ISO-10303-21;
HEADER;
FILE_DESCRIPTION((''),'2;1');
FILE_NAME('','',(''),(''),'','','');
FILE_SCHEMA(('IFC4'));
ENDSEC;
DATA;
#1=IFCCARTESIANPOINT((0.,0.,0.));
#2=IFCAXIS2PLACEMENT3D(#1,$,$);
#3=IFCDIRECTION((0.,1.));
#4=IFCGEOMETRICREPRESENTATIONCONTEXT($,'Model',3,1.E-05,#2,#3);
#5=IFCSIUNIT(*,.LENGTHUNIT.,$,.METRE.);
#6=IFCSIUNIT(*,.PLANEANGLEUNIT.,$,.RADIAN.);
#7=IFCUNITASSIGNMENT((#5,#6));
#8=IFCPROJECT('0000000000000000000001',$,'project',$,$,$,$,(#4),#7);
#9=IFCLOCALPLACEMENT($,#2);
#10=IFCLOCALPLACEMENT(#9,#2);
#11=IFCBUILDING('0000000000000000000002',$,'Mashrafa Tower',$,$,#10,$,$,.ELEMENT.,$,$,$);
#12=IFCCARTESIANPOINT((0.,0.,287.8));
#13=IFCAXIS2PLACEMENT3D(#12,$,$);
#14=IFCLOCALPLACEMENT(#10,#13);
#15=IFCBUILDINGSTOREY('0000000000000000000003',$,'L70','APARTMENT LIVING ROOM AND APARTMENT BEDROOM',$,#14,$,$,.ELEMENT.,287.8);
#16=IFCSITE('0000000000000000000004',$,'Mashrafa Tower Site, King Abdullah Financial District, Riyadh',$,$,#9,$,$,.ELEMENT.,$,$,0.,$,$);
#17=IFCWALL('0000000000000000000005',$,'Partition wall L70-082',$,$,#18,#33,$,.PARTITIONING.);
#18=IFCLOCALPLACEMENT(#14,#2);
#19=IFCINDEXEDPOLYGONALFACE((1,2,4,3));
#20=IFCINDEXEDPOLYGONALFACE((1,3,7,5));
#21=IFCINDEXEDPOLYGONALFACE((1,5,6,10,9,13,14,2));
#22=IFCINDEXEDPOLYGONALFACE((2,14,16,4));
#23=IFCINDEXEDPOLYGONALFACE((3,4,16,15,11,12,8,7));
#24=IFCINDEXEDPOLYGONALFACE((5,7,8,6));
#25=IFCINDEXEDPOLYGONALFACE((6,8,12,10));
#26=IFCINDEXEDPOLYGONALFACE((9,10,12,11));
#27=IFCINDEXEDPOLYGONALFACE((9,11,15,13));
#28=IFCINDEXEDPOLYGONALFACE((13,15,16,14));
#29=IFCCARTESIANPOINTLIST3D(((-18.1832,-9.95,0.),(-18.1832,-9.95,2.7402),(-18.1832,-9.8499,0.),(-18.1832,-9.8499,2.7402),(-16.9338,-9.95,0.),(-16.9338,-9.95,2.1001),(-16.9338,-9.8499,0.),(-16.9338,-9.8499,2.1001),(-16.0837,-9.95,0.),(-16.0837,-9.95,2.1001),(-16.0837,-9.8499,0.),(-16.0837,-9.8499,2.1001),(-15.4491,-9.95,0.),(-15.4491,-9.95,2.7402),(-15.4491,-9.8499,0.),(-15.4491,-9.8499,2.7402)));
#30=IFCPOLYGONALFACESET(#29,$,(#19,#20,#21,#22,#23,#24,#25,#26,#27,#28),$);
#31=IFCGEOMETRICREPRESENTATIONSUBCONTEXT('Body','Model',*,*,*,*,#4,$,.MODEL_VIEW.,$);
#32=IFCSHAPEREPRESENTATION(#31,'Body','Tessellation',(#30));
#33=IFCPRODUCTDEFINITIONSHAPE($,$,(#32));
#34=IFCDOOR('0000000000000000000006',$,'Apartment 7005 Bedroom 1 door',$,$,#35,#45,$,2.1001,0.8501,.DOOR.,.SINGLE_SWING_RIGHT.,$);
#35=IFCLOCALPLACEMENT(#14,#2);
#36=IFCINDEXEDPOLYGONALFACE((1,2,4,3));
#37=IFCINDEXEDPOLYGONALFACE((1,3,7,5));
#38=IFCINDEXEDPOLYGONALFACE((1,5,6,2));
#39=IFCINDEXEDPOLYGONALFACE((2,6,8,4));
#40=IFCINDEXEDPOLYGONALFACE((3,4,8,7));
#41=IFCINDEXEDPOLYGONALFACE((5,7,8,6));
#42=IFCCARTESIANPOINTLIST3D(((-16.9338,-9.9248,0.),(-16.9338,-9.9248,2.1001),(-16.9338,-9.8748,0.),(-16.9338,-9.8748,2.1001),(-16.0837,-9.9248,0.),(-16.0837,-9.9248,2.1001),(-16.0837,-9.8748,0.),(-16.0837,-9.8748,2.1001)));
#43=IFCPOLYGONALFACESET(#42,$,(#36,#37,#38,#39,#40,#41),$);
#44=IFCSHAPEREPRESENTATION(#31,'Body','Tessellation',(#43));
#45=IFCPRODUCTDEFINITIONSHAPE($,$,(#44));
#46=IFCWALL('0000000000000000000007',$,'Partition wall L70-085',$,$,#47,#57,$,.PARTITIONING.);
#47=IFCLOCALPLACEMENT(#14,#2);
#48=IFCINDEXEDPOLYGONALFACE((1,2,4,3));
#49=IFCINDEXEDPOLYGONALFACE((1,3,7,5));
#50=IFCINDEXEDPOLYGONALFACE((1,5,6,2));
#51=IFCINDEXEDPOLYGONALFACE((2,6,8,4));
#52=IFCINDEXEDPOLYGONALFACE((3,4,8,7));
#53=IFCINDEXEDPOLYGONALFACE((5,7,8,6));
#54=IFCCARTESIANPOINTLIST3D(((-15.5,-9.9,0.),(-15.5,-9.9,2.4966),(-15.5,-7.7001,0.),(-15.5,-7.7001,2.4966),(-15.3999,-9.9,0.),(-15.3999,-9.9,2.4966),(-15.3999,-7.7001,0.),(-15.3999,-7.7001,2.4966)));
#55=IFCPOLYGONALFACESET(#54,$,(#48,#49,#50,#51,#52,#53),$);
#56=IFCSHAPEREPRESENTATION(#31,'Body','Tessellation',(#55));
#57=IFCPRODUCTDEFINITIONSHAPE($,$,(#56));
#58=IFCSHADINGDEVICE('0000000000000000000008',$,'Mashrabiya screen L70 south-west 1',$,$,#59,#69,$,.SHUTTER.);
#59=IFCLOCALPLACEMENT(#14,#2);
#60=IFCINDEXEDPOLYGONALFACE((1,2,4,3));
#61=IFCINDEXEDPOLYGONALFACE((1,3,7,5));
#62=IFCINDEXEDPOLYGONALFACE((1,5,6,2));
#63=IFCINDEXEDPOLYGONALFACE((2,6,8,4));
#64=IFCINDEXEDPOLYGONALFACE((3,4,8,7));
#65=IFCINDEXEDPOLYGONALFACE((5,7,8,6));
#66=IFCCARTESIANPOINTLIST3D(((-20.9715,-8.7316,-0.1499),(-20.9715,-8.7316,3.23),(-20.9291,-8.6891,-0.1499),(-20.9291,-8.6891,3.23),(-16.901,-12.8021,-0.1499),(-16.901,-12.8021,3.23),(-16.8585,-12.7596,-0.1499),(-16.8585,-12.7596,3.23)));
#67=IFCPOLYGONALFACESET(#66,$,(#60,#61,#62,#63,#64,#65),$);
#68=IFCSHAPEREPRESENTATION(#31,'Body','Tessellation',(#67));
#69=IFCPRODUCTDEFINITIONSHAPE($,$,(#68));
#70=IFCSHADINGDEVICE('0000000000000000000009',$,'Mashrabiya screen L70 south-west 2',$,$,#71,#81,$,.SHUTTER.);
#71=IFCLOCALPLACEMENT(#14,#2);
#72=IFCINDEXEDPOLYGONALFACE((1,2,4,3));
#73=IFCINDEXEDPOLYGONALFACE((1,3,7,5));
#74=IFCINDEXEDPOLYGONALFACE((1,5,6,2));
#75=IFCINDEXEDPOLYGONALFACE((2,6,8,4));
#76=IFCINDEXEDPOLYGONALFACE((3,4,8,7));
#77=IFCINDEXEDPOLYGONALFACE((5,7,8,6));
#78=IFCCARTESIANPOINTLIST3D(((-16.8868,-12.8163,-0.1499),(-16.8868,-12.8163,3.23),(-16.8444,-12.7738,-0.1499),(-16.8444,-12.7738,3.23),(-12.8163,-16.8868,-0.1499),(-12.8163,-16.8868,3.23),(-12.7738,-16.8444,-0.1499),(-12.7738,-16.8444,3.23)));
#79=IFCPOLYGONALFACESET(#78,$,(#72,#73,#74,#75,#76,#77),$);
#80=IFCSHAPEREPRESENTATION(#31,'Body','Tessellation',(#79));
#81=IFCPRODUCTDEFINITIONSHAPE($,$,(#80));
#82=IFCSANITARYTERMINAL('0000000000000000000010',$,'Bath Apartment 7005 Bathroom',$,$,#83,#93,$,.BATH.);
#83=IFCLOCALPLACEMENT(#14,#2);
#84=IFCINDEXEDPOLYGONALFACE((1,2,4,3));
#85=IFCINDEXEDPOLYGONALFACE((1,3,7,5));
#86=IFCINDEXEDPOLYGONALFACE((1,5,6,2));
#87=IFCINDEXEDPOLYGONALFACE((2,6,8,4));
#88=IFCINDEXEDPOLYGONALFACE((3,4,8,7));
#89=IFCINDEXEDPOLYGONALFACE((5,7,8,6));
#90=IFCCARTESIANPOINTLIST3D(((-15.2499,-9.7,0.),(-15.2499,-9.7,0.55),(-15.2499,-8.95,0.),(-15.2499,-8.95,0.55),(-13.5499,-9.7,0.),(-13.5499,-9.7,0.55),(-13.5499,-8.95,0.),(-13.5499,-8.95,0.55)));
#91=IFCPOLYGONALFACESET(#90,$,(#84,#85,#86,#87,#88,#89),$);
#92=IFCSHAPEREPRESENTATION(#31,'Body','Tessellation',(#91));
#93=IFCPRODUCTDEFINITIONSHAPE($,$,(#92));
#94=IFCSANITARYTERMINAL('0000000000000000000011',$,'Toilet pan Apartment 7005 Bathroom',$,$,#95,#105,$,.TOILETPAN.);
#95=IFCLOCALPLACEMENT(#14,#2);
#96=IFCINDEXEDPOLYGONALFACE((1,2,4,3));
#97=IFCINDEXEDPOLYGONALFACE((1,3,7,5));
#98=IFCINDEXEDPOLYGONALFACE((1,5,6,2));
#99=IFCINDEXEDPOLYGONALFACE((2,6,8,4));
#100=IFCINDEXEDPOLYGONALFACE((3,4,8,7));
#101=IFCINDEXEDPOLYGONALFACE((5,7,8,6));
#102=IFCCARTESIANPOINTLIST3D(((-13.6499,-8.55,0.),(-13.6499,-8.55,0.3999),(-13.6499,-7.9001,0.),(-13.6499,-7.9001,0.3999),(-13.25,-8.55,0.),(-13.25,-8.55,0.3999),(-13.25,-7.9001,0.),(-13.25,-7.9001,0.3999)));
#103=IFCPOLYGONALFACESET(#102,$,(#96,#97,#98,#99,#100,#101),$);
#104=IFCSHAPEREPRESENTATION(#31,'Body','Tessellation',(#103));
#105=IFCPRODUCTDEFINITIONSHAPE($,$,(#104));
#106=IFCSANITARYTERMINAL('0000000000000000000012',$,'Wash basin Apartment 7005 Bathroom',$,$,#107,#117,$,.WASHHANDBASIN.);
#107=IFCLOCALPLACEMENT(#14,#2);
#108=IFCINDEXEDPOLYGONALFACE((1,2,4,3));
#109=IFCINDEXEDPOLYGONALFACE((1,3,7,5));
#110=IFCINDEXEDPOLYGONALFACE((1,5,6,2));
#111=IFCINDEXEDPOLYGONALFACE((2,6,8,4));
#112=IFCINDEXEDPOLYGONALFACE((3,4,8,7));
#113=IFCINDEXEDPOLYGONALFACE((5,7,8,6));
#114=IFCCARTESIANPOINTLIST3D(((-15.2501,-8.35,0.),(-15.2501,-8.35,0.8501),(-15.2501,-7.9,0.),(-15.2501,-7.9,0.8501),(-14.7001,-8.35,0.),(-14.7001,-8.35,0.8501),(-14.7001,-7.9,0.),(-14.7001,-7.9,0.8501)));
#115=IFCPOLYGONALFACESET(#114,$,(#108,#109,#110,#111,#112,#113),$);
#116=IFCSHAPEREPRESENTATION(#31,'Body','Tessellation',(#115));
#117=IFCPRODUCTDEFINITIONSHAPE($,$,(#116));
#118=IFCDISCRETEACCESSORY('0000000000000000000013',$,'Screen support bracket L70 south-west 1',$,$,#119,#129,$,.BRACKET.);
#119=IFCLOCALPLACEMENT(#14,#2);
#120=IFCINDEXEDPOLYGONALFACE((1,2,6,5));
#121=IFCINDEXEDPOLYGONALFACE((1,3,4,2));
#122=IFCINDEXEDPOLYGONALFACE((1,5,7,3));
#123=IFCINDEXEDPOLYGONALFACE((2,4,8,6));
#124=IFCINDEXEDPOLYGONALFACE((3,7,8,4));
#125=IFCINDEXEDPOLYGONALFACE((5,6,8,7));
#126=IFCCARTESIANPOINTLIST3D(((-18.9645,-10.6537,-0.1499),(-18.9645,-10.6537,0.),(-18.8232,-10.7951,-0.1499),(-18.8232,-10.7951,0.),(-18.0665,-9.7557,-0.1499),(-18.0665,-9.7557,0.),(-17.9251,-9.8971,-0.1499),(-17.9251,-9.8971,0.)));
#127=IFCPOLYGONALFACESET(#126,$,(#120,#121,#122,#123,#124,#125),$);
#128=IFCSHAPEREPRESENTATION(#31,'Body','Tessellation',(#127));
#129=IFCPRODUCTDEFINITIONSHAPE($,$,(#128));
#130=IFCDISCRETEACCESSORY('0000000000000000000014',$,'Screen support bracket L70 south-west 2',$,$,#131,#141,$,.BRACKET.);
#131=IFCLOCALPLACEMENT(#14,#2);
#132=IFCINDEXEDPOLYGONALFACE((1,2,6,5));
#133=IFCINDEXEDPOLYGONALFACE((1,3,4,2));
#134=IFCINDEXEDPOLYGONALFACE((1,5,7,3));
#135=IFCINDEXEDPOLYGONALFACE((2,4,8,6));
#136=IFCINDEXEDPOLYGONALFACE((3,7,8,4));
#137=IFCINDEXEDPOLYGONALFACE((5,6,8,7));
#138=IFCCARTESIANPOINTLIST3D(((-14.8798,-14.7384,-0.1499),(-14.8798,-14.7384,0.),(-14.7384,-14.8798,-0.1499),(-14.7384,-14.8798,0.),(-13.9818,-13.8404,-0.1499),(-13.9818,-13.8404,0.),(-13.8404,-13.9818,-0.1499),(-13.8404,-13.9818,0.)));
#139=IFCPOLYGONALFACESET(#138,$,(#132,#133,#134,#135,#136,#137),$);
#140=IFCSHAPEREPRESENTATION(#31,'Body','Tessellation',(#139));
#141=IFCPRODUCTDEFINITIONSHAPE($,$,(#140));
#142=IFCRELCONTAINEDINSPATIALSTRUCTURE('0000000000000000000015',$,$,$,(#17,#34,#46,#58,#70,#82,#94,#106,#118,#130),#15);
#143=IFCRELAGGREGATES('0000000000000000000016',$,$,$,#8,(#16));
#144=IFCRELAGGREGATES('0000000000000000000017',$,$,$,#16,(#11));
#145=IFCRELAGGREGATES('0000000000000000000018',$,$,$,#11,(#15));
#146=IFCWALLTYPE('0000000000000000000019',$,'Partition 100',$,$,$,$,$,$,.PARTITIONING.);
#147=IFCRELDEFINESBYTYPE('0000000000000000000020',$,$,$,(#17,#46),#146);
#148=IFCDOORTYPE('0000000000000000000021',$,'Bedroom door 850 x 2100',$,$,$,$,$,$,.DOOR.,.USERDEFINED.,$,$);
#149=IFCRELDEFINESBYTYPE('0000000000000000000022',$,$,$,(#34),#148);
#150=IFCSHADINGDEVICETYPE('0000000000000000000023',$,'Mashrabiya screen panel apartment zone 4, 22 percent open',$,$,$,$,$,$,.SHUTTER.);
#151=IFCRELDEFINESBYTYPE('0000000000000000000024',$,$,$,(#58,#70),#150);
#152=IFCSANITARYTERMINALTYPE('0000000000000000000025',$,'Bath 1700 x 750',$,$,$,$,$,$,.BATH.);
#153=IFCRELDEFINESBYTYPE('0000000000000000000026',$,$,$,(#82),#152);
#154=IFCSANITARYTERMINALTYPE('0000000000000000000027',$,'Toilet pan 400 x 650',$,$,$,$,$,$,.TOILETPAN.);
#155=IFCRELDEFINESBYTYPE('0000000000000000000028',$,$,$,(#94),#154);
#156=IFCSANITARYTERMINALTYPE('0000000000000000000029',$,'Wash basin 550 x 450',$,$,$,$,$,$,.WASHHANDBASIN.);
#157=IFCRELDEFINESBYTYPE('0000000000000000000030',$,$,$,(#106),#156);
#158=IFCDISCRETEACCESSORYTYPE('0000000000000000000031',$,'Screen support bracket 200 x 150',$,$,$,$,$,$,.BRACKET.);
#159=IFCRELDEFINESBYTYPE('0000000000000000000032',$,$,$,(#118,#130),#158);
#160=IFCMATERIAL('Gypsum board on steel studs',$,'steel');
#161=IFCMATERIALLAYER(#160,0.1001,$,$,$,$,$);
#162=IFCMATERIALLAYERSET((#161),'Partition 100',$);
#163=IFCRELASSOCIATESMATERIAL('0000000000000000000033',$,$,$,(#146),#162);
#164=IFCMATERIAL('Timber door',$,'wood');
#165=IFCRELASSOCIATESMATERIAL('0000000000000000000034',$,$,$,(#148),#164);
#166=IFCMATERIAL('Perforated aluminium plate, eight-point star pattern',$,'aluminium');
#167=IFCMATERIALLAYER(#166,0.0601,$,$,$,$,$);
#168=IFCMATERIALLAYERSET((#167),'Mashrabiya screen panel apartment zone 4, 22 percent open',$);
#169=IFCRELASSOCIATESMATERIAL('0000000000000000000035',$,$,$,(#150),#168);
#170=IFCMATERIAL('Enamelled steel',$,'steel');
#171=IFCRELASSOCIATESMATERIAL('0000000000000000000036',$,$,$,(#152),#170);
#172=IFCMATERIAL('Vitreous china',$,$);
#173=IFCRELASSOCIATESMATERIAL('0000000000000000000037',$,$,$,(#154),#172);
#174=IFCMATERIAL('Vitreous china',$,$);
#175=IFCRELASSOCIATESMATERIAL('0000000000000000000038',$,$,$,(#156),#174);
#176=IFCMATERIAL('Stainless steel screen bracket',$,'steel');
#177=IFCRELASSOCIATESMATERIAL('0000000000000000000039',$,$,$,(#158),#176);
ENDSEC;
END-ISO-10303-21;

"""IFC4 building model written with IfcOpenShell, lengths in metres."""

from ifc_helpers import new_model, si_unit, direction, frame, frame_2d, origin, origin_2d, place, context, subcontext, project, spatial, rectangle, extrude, source, transform, mapped, material, layer, layer_set, type_object, type_shapes, element, fill, save


model = new_model("IFC4")

# Units and contexts
model_context = context("Model", 3, precision=1e-05, world=origin(), true_north=direction((0.0, 1.0)))
body_context = subcontext(model_context, "Body", "Model", "MODEL_VIEW")
ifc_project = project(units=[si_unit("LENGTHUNIT", "METRE"), si_unit("PLANEANGLEUNIT", "RADIAN")], contexts=[model_context])

# Site, building, storey
site_placement = place(None, origin())
site = spatial("IfcSite", under=ifc_project, at=site_placement, Name="Mashrafa Tower Site, King Abdullah Financial District, Riyadh", CompositionType="ELEMENT", RefElevation=0.0)
building_placement = place(site_placement, origin())
building = spatial("IfcBuilding", under=site, at=building_placement, Name="Mashrafa Tower", CompositionType="ELEMENT")
storey_placement = place(building_placement, frame((0.0, 0.0, 287.8)))
storey = spatial("IfcBuildingStorey", under=building, at=storey_placement, Name="L70", Description="APARTMENT LIVING ROOM AND APARTMENT BEDROOM", CompositionType="ELEMENT", Elevation=287.8)

# Shared definitions
ifc_material_1 = material(Name="Gypsum board on steel studs", Category="steel")
ifc_layer_1 = layer(ifc_material_1, 0.1001)
ifc_layer_set_1 = layer_set([ifc_layer_1], Name="Partition 100")
wall_type_1 = type_object("IfcWallType", Name="Partition 100", PredefinedType="PARTITIONING", material=ifc_layer_set_1)

# Wall, opening, door
wall_1_placement = place(storey_placement, frame((-15.449, -9.8999, 0.0), z_axis=(0.0, 0.0, 1.0), x_axis=(-1.0, 0.0, 0.0)))
wall_1 = element("IfcWall", 1, at=wall_1_placement, inside=storey, type_object=wall_type_1, Name="Partition wall L70-082", PredefinedType="PARTITIONING", context=body_context, shape_type="SweptSolid", body=[
    extrude(rectangle(XDim=2.7341, YDim=0.1001, at=frame_2d((1.3672, 0.0))), origin(), (0.0, 0.0, 1.0), 2.7402),
])
opening_placement = place(wall_1_placement, frame((0.6348, 0.0, 0.0)))
opening = element("IfcOpeningElement", 2, at=opening_placement, cuts=wall_1, PredefinedType="OPENING", context=body_context, shape_type="SweptSolid", body=[
    extrude(rectangle(XDim=0.8501, YDim=2.1001, at=frame_2d((0.425, 1.05))), frame((0.0, 0.0601, 0.0), z_axis=(0.0, -1.0, 0.0), x_axis=(1.0, 0.0, 0.0)), (0.0, 0.0, 1.0), 0.1201),
])
ifc_material_2 = material(Name="Timber door", Category="wood")
door_type = type_object("IfcDoorType", Name="Bedroom door 850 x 2100", OperationType="USERDEFINED", PredefinedType="DOOR", material=ifc_material_2)
door_placement = place(opening_placement, origin())
door = element("IfcDoor", 3, at=door_placement, inside=storey, type_object=door_type, Name="Apartment 7005 Bedroom 1 door", OperationType="SINGLE_SWING_RIGHT", OverallHeight=2.1001, OverallWidth=0.8501, PredefinedType="DOOR", context=body_context, shape_type="SweptSolid", body=[
    extrude(rectangle(XDim=0.8501, YDim=2.1001, at=frame_2d((0.425, 1.05))), frame((0.0, 0.0249, 0.0), z_axis=(0.0, -1.0, 0.0), x_axis=(1.0, 0.0, 0.0)), (0.0, 0.0, 1.0), 0.05),
])
fill(opening, door)

# Wall
wall_2_placement = place(storey_placement, frame((-15.45, -7.7, 0.0), z_axis=(0.0, 0.0, 1.0), x_axis=(0.0, -1.0, 0.0)))
element("IfcWall", 4, at=wall_2_placement, inside=storey, type_object=wall_type_1, Name="Partition wall L70-085", PredefinedType="PARTITIONING", context=body_context, shape_type="SweptSolid", body=[
    extrude(rectangle(XDim=2.2, YDim=0.1001, at=frame_2d((1.1001, 0.0))), origin(), (0.0, 0.0, 1.0), 2.4966),
])

# Shading devices
ifc_material_3 = material(Name="Perforated aluminium plate, eight-point star pattern", Category="aluminium")
ifc_layer_2 = layer(ifc_material_3, 0.0601)
ifc_layer_set_2 = layer_set([ifc_layer_2], Name="Mashrabiya screen panel apartment zone 4, 22 percent open")
shading_device_type = type_object("IfcShadingDeviceType", Name="Mashrabiya screen panel apartment zone 4, 22 percent open", PredefinedType="SHUTTER", material=ifc_layer_set_2)
shared_shape_1 = source(origin(), body_context, "Body", "SweptSolid", [
    extrude(rectangle(XDim=5.7566, YDim=0.0601, at=origin_2d()), origin(), (0.0, 0.0, 1.0), 3.3799),
])
type_shapes(shading_device_type, [shared_shape_1])
for number, where, z_axis, x_axis, name in (
    (5, (-18.915, -10.7456, -0.1499), (0.0, 0.0, 1.0), (0.707107, -0.707107, 0.0), "Mashrabiya screen L70 south-west 1"),
    (6, (-14.8303, -14.8303, -0.1499), (0.0, 0.0, 1.0), (0.707107, -0.707107, 0.0), "Mashrabiya screen L70 south-west 2"),
):
    element("IfcShadingDevice", number, at=place(storey_placement, frame(where, z_axis=z_axis, x_axis=x_axis)), inside=storey, type_object=shading_device_type, Name=name, PredefinedType="SHUTTER", context=body_context, shape_type="MappedRepresentation", body=[
        mapped(shared_shape_1, transform((0.0, 0.0, 0.0))),
    ])

# Sanitary terminals
ifc_material_4 = material(Name="Enamelled steel", Category="steel")
sanitary_terminal_type_1 = type_object("IfcSanitaryTerminalType", Name="Bath 1700 x 750", PredefinedType="BATH", material=ifc_material_4)
sanitary_terminal_1_placement = place(storey_placement, frame((-14.3999, -9.325, 0.0), z_axis=(0.0, 0.0, 1.0), x_axis=(1.0, 0.0, 0.0)))
element("IfcSanitaryTerminal", 7, at=sanitary_terminal_1_placement, inside=storey, type_object=sanitary_terminal_type_1, Name="Bath Apartment 7005 Bathroom", PredefinedType="BATH", context=body_context, shape_type="SweptSolid", body=[
    extrude(rectangle(XDim=1.7, YDim=0.75, at=origin_2d()), origin(), (0.0, 0.0, 1.0), 0.55),
])
ifc_material_5 = material(Name="Vitreous china")
sanitary_terminal_type_2 = type_object("IfcSanitaryTerminalType", Name="Toilet pan 400 x 650", PredefinedType="TOILETPAN", material=ifc_material_5)
sanitary_terminal_2_placement = place(storey_placement, frame((-13.45, -8.2251, 0.0), z_axis=(0.0, 0.0, 1.0), x_axis=(-1.0, 0.0, 0.0)))
element("IfcSanitaryTerminal", 8, at=sanitary_terminal_2_placement, inside=storey, type_object=sanitary_terminal_type_2, Name="Toilet pan Apartment 7005 Bathroom", PredefinedType="TOILETPAN", context=body_context, shape_type="SweptSolid", body=[
    extrude(rectangle(XDim=0.3999, YDim=0.6499, at=origin_2d()), origin(), (0.0, 0.0, 1.0), 0.3999),
])
ifc_material_6 = material(Name="Vitreous china")
sanitary_terminal_type_3 = type_object("IfcSanitaryTerminalType", Name="Wash basin 550 x 450", PredefinedType="WASHHANDBASIN", material=ifc_material_6)
sanitary_terminal_3_placement = place(storey_placement, frame((-14.9751, -8.125, 0.0), z_axis=(0.0, 0.0, 1.0), x_axis=(-1.0, 0.0, 0.0)))
element("IfcSanitaryTerminal", 9, at=sanitary_terminal_3_placement, inside=storey, type_object=sanitary_terminal_type_3, Name="Wash basin Apartment 7005 Bathroom", PredefinedType="WASHHANDBASIN", context=body_context, shape_type="SweptSolid", body=[
    extrude(rectangle(XDim=0.55, YDim=0.45, at=origin_2d()), origin(), (0.0, 0.0, 1.0), 0.8501),
])

# Discrete accessories
ifc_material_7 = material(Name="Stainless steel screen bracket", Category="steel")
discrete_accessory_type = type_object("IfcDiscreteAccessoryType", Name="Screen support bracket 200 x 150", PredefinedType="BRACKET", material=ifc_material_7)
shared_shape_2 = source(origin(), body_context, "Body", "SweptSolid", [
    extrude(rectangle(XDim=0.2, YDim=1.27, at=origin_2d()), origin(), (0.0, 0.0, 1.0), 0.1499),
])
type_shapes(discrete_accessory_type, [shared_shape_2])
for number, where, z_axis, x_axis, name in (
    (10, (-18.4448, -10.2754, -0.1499), (0.0, 0.0, 1.0), (0.707107, -0.707107, 0.0), "Screen support bracket L70 south-west 1"),
    (11, (-14.3601, -14.3601, -0.1499), (0.0, 0.0, 1.0), (0.707107, -0.707107, 0.0), "Screen support bracket L70 south-west 2"),
):
    element("IfcDiscreteAccessory", number, at=place(storey_placement, frame(where, z_axis=z_axis, x_axis=x_axis)), inside=storey, type_object=discrete_accessory_type, Name=name, PredefinedType="BRACKET", context=body_context, shape_type="MappedRepresentation", body=[
        mapped(shared_shape_2, transform((0.0, 0.0, 0.0))),
    ])

save(model, "model.ifc")
